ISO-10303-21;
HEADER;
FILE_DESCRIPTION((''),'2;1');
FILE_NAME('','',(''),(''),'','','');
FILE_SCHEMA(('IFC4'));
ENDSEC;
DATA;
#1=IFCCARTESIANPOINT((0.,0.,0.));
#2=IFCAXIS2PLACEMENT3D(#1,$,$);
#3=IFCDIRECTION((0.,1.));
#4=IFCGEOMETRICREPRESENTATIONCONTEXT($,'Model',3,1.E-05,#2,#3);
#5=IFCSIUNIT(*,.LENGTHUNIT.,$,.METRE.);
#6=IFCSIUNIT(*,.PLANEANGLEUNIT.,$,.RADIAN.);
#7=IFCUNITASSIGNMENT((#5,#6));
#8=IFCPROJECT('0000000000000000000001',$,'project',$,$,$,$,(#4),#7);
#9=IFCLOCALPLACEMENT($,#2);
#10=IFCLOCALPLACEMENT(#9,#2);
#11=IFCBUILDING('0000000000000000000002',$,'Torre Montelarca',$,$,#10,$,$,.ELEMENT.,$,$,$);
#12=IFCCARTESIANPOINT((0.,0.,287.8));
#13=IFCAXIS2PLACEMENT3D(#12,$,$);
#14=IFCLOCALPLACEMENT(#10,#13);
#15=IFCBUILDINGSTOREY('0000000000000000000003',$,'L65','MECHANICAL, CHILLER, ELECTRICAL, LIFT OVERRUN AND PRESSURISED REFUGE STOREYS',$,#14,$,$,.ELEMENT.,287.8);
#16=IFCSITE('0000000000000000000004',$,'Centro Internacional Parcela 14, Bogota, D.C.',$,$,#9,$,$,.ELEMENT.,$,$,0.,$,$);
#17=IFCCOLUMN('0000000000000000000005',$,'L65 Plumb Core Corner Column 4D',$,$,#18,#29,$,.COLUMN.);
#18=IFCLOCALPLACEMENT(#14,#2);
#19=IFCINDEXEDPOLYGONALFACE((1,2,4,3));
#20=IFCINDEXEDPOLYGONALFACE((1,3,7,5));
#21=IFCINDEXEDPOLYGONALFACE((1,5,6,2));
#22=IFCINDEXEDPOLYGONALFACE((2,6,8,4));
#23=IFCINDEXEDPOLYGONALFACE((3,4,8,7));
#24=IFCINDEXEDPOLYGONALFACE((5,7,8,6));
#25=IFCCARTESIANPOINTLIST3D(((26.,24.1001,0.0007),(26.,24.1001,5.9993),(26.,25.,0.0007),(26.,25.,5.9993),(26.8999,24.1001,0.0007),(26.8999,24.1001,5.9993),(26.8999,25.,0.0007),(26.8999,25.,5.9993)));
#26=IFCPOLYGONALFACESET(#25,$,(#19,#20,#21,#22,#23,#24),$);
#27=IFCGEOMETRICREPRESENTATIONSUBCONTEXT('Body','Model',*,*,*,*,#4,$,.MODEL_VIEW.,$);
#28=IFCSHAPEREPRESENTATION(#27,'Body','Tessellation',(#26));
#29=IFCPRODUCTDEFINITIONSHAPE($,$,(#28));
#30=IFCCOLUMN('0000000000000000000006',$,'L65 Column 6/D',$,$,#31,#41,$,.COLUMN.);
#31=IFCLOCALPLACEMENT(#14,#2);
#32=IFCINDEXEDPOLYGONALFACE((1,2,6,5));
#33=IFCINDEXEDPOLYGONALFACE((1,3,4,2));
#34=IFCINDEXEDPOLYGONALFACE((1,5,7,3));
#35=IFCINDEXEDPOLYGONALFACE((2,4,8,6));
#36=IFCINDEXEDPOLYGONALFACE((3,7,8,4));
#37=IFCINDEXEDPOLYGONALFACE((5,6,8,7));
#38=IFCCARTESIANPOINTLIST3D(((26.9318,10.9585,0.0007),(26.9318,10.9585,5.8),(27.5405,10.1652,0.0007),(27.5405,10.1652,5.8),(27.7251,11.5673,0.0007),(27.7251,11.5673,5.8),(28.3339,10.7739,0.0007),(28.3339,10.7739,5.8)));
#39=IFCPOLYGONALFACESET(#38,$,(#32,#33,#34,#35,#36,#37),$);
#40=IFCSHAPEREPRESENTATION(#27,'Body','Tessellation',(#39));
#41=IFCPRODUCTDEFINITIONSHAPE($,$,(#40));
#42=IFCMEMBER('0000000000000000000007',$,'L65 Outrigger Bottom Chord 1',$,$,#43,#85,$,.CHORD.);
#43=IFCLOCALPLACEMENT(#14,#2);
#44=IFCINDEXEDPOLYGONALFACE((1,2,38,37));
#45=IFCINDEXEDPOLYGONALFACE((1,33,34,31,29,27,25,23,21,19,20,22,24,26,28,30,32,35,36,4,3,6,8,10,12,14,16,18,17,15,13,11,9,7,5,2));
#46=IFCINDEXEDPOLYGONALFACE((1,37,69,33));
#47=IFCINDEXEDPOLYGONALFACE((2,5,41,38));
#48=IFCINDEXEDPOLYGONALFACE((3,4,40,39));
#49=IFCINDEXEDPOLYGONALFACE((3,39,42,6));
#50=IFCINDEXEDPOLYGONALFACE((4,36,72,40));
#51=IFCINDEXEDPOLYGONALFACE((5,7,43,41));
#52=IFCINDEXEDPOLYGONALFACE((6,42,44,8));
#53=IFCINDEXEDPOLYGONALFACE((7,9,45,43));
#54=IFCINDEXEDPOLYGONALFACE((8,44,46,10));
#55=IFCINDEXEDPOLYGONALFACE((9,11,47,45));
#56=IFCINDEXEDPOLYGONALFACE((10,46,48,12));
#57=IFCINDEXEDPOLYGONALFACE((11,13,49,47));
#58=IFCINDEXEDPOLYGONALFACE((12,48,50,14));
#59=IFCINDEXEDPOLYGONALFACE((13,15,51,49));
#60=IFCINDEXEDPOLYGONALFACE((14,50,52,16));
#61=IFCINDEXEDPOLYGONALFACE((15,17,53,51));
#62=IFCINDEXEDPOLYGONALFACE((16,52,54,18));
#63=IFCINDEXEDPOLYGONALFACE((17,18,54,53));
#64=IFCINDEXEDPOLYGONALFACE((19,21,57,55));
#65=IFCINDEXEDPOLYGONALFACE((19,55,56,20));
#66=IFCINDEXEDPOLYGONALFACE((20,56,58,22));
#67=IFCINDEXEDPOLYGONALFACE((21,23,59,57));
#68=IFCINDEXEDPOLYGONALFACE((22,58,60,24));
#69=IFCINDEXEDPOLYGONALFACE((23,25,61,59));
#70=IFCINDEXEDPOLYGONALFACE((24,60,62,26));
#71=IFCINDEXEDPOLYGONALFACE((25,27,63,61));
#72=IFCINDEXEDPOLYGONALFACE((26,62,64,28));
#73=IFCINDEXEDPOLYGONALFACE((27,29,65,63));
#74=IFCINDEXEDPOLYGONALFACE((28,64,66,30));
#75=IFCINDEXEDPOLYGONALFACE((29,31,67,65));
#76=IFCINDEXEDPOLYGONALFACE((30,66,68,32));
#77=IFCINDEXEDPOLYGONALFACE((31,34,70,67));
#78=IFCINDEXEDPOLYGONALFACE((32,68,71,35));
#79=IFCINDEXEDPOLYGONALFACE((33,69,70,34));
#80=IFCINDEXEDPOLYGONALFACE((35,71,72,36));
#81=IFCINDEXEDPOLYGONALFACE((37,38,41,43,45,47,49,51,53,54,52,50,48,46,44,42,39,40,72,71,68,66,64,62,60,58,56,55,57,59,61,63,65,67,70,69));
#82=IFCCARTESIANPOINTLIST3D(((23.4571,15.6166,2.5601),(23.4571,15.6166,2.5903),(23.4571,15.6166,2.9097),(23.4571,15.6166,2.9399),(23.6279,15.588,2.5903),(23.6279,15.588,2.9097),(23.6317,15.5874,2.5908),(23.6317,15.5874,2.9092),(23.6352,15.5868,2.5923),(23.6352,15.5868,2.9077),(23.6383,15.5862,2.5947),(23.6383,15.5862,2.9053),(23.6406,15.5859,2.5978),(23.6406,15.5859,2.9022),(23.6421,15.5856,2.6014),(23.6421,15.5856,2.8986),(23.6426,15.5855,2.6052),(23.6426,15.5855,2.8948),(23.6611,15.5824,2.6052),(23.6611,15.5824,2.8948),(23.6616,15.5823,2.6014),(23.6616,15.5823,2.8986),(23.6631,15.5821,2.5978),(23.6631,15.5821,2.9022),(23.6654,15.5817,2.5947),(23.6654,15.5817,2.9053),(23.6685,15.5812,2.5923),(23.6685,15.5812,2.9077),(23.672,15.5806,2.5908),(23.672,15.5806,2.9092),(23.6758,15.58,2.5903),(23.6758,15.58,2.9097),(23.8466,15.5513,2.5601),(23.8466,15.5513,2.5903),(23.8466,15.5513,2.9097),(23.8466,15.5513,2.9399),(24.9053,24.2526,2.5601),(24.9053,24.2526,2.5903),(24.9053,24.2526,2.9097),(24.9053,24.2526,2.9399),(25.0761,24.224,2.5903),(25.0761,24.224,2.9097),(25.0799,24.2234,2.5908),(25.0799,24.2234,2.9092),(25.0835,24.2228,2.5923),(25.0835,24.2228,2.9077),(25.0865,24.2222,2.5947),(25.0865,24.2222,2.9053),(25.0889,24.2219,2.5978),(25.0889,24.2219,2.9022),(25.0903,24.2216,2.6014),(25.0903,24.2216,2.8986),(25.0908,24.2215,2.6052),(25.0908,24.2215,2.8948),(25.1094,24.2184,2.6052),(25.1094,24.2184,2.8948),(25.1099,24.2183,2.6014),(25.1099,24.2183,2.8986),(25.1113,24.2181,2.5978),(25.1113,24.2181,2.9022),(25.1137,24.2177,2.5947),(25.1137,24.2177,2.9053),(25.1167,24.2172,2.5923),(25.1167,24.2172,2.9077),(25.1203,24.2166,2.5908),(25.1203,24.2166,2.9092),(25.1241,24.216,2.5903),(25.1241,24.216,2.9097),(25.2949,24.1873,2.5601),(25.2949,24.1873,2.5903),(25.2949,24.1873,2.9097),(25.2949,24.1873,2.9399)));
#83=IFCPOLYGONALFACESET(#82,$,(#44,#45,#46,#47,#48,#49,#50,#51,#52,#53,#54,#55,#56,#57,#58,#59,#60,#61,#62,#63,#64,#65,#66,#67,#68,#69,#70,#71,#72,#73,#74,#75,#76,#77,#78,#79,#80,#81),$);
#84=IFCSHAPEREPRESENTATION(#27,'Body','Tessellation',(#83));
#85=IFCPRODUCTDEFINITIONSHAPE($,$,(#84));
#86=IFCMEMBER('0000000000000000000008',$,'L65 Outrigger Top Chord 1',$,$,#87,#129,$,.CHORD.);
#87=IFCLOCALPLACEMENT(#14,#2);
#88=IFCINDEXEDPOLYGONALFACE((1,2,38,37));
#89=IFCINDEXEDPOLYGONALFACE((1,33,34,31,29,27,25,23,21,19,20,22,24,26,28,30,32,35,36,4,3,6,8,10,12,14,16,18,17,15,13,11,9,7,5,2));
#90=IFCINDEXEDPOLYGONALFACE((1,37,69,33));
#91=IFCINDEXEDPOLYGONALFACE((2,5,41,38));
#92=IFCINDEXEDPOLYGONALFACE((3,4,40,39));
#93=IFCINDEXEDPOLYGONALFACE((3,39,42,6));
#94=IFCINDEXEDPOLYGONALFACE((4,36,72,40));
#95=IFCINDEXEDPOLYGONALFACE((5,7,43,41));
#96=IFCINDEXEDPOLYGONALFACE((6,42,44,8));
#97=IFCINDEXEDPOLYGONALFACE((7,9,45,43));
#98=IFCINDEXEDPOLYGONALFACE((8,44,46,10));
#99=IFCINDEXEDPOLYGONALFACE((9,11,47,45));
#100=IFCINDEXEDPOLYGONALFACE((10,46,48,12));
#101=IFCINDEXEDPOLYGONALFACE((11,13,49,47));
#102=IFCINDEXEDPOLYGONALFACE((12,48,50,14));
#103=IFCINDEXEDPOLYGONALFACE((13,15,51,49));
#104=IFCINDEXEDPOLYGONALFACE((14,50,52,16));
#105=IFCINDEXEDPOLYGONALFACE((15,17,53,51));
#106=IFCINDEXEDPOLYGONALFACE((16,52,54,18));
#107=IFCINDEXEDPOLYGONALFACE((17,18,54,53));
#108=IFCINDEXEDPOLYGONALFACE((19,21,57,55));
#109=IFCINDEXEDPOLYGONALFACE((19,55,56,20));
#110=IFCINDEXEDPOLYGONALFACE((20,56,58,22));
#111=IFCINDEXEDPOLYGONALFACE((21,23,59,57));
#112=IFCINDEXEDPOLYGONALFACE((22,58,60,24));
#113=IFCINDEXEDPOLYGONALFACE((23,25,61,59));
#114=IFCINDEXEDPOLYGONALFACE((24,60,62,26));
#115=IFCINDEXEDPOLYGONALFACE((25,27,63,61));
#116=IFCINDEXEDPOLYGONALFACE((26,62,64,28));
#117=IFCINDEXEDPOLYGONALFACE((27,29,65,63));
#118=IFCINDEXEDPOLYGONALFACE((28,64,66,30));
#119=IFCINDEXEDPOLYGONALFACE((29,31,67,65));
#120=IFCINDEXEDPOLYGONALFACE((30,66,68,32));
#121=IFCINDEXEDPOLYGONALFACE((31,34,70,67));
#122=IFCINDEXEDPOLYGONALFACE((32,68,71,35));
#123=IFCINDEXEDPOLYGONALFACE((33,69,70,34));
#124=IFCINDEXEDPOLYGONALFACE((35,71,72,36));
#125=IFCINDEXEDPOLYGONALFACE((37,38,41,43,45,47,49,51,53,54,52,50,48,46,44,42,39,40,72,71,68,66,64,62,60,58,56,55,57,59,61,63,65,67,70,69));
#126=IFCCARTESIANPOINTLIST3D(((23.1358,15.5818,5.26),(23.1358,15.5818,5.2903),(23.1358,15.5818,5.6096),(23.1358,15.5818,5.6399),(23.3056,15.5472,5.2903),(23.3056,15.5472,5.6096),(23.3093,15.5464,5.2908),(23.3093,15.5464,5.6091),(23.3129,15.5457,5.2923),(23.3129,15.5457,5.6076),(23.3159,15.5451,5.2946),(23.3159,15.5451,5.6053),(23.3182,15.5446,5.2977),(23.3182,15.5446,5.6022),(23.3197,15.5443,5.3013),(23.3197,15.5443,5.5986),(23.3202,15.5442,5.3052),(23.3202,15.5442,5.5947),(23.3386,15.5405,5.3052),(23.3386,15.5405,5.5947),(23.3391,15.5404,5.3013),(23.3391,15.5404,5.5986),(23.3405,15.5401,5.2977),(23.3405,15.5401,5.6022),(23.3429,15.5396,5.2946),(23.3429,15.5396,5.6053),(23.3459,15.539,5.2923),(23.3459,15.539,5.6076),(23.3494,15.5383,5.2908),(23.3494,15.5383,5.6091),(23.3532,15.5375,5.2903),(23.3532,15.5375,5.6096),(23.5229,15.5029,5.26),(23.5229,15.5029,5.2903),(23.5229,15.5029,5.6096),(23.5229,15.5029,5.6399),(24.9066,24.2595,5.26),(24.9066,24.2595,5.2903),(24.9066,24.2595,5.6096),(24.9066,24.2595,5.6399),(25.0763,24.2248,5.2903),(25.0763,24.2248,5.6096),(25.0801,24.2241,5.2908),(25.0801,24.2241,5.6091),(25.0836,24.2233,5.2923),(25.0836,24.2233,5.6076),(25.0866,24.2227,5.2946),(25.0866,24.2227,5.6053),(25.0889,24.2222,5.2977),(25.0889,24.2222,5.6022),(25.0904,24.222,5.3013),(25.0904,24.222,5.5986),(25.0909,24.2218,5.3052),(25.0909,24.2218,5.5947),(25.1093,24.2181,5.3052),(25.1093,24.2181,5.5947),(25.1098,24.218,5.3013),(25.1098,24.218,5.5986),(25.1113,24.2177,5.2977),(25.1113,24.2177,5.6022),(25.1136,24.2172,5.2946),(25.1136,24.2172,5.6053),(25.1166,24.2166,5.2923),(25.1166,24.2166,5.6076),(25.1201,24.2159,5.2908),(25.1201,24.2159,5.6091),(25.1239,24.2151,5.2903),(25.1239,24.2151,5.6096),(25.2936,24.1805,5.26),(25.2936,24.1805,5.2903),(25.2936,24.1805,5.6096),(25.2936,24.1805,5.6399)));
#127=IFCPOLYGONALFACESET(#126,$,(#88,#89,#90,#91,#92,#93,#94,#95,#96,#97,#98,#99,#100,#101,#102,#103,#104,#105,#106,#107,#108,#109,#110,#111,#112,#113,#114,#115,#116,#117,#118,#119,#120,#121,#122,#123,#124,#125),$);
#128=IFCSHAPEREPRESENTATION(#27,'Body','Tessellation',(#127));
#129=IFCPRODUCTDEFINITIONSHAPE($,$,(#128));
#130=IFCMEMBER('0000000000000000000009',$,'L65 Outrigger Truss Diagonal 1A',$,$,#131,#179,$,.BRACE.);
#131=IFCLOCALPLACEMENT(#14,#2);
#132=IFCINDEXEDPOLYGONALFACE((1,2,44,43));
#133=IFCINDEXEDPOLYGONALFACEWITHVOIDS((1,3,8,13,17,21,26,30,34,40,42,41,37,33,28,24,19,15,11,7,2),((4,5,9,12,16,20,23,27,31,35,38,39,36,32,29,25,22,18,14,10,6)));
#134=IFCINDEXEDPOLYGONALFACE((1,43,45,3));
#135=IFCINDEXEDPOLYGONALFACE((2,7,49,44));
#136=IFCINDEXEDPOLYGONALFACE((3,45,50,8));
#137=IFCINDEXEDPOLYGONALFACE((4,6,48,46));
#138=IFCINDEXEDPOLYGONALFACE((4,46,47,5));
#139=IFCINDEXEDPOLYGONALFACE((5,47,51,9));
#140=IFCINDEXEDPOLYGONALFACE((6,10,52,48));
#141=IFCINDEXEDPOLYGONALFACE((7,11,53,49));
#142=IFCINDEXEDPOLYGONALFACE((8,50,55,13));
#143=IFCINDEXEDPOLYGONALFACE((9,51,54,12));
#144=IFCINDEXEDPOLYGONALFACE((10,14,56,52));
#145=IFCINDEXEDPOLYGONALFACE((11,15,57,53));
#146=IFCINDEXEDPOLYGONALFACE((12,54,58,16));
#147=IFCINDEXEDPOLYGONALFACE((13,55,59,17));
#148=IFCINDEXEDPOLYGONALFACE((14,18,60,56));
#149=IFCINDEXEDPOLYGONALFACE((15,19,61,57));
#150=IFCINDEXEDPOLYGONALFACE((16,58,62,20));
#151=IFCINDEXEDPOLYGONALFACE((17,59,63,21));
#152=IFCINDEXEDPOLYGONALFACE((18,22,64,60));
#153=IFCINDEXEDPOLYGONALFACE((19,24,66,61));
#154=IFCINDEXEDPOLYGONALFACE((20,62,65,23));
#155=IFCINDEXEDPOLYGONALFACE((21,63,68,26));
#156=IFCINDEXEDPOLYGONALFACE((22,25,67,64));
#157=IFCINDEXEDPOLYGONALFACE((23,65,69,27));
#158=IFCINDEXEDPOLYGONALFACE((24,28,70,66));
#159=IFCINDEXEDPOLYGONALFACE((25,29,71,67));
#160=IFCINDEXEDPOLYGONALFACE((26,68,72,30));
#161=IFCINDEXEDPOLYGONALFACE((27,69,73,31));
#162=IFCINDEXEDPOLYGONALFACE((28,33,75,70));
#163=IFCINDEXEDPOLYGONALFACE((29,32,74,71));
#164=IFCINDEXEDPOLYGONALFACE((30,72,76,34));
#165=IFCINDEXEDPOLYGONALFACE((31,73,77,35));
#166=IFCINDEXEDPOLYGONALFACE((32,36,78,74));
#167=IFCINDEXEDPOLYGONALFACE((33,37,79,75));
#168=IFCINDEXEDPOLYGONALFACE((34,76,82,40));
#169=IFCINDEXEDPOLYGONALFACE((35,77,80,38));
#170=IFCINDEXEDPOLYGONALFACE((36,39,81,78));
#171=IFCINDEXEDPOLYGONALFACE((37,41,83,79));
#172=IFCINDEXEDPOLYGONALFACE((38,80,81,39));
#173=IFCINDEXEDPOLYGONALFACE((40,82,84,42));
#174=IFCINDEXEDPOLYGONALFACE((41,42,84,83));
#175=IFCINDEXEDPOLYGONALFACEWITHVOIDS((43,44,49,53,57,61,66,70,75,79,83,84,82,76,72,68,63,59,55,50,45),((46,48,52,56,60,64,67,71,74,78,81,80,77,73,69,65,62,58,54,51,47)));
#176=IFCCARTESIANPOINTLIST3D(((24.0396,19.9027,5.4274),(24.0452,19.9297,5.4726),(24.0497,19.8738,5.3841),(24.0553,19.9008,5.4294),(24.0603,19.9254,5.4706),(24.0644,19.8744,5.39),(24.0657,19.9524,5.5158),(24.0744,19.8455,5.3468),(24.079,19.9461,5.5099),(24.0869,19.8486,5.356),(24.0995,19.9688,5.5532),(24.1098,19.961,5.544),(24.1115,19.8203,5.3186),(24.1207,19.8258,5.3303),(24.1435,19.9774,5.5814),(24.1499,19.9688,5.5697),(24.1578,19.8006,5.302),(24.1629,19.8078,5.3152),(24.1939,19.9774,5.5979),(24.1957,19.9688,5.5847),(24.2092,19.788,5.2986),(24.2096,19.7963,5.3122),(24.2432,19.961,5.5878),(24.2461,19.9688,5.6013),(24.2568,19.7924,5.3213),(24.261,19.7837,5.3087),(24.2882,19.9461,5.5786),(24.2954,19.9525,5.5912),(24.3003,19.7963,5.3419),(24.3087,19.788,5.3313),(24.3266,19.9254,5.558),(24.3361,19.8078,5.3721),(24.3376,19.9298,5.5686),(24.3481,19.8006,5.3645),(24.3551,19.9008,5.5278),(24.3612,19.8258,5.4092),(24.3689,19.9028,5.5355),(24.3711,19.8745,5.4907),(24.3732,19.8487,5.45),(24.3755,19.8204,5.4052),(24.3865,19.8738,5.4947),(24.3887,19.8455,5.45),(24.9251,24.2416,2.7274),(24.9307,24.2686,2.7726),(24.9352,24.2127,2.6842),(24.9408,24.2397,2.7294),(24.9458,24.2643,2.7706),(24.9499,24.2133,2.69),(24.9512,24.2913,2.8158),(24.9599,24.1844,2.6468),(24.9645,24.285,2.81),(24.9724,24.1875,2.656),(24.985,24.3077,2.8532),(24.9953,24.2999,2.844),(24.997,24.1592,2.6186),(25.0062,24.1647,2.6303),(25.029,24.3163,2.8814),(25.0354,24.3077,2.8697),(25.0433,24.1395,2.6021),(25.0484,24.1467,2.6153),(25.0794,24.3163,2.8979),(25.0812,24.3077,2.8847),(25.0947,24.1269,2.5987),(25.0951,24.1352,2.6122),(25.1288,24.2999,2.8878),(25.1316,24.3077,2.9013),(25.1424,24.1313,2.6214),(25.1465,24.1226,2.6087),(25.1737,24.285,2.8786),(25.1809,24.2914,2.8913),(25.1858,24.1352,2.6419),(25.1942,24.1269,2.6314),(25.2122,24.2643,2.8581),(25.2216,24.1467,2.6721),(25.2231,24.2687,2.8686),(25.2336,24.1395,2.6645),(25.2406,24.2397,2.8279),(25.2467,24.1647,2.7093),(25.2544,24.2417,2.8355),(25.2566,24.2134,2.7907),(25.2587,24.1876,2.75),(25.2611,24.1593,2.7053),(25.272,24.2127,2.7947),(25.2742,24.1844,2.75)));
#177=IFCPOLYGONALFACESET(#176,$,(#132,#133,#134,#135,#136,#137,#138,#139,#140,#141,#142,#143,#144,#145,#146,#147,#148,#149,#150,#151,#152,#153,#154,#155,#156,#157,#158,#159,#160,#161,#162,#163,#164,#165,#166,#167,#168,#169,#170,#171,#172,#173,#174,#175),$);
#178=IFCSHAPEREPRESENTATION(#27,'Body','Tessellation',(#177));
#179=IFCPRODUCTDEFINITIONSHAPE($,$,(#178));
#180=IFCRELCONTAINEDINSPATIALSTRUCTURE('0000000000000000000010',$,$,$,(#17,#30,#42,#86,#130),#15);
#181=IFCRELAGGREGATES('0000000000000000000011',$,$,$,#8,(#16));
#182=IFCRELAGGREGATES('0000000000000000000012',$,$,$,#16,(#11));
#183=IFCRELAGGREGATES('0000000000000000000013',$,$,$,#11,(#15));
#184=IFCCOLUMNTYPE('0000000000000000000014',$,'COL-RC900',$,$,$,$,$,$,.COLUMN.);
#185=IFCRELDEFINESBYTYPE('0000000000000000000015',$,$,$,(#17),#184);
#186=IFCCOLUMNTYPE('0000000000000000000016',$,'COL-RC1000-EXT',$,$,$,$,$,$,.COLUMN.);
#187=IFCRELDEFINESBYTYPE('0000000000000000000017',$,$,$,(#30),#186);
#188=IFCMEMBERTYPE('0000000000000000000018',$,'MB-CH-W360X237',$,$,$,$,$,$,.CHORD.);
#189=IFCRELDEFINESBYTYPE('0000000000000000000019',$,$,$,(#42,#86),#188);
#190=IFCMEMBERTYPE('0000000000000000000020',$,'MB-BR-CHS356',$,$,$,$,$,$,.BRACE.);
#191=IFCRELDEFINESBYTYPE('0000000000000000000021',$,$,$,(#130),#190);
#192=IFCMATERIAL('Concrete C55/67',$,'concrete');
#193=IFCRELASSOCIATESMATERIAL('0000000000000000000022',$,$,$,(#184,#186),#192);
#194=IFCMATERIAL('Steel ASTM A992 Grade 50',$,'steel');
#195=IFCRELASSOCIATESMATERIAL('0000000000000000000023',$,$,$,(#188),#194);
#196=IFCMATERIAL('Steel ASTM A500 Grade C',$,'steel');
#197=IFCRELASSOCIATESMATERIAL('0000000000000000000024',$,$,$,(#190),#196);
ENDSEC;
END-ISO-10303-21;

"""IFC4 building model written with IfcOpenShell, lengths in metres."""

from ifc_helpers import new_model, si_unit, direction, frame, origin, origin_2d, place, context, subcontext, project, spatial, rectangle, hollow_circle, i_section, extrude, source, transform, mapped, material, material_profile, profile_set, type_object, element, save


model = new_model("IFC4")

# Units and contexts
model_context = context("Model", 3, precision=1e-05, world=origin(), true_north=direction((0.0, 1.0)))
body_context = subcontext(model_context, "Body", "Model", "MODEL_VIEW")
ifc_project = project(units=[si_unit("LENGTHUNIT", "METRE"), si_unit("PLANEANGLEUNIT", "RADIAN")], contexts=[model_context])

# Site, building, storey
site_placement = place(None, origin())
site = spatial("IfcSite", under=ifc_project, at=site_placement, Name="Centro Internacional Parcela 14, Bogota, D.C.", CompositionType="ELEMENT", RefElevation=0.0)
building_placement = place(site_placement, origin())
building = spatial("IfcBuilding", under=site, at=building_placement, Name="Torre Montelarca", CompositionType="ELEMENT")
storey_placement = place(building_placement, frame((0.0, 0.0, 287.8)))
storey = spatial("IfcBuildingStorey", under=building, at=storey_placement, Name="L65", Description="MECHANICAL, CHILLER, ELECTRICAL, LIFT OVERRUN AND PRESSURISED REFUGE STOREYS", CompositionType="ELEMENT", Elevation=287.8)

# Columns
ifc_material_1 = material(Name="Concrete C55/67", Category="concrete")
ifc_material_profile_1 = material_profile(ifc_material_1, rectangle(XDim=0.8999, YDim=0.8999, at=origin_2d()), Name="RC900X900", Category="concrete")
ifc_profile_set_1 = profile_set([ifc_material_profile_1], Name="Concrete C55/67")
column_type_1 = type_object("IfcColumnType", Name="COL-RC900", PredefinedType="COLUMN", material=ifc_profile_set_1)
shared_shape_1 = source(origin(), body_context, "Body", "SweptSolid", [
    extrude(rectangle(XDim=0.8999, YDim=0.8999, at=origin_2d()), origin(), (0.0, 0.0, 1.0), 5.9985),
])
column_1_placement = place(storey_placement, frame((26.45, 24.55, 0.0007), z_axis=(0.0, 0.0, 1.0), x_axis=(1.0, 0.0, 0.0)))
element("IfcColumn", 1, at=column_1_placement, inside=storey, type_object=column_type_1, Name="L65 Plumb Core Corner Column 4D", PredefinedType="COLUMN", context=body_context, shape_type="MappedRepresentation", body=[
    mapped(shared_shape_1, transform((0.0, 0.0, 0.0), scale=1.0)),
])
ifc_material_profile_2 = material_profile(ifc_material_1, rectangle(XDim=1.0, YDim=1.0, at=origin_2d()), Name="RC1000X1000", Category="concrete")
ifc_profile_set_2 = profile_set([ifc_material_profile_2], Name="Concrete C55/67")
column_type_2 = type_object("IfcColumnType", Name="COL-RC1000-EXT", PredefinedType="COLUMN", material=ifc_profile_set_2)
shared_shape_2 = source(origin(), body_context, "Body", "SweptSolid", [
    extrude(rectangle(XDim=1.0, YDim=1.0, at=origin_2d()), origin(), (0.0, 0.0, 1.0), 5.7993),
])
column_2_placement = place(storey_placement, frame((27.6328, 10.8662, 0.0007), z_axis=(0.0, 0.0, 1.0), x_axis=(-0.608761, 0.793353, 0.0)))
element("IfcColumn", 2, at=column_2_placement, inside=storey, type_object=column_type_2, Name="L65 Column 6/D", PredefinedType="COLUMN", context=body_context, shape_type="MappedRepresentation", body=[
    mapped(shared_shape_2, transform((0.0, 0.0, 0.0), scale=1.0)),
])

# Members
ifc_material_2 = material(Name="Steel ASTM A992 Grade 50", Category="steel")
ifc_material_profile_3 = material_profile(ifc_material_2, i_section(OverallWidth=0.395, OverallDepth=0.3799, WebThickness=0.0188, FlangeThickness=0.0303, FilletRadius=0.0149, at=origin_2d()), Name="W360X237", Category="steel")
ifc_profile_set_3 = profile_set([ifc_material_profile_3], Name="Steel ASTM A992 Grade 50")
member_type_1 = type_object("IfcMemberType", Name="MB-CH-W360X237", PredefinedType="CHORD", material=ifc_profile_set_3)
shared_shape_3 = source(origin(), body_context, "Body", "SweptSolid", [
    extrude(i_section(OverallWidth=0.395, OverallDepth=0.3799, WebThickness=0.0188, FlangeThickness=0.0303, FilletRadius=0.0149, at=origin_2d()), origin(), (0.0, 0.0, 1.0), 8.7566),
])
member_1_placement = place(storey_placement, frame((25.1001, 24.22, 2.75), z_axis=(-0.165389, -0.986228, 0.0), x_axis=(0.986228, -0.165389, 0.0)))
element("IfcMember", 3, at=member_1_placement, inside=storey, type_object=member_type_1, Name="L65 Outrigger Bottom Chord 1", PredefinedType="CHORD", context=body_context, shape_type="MappedRepresentation", body=[
    mapped(shared_shape_3, transform((0.0, 0.0, 0.0), scale=1.0)),
])
shared_shape_4 = source(origin(), body_context, "Body", "SweptSolid", [
    extrude(i_section(OverallWidth=0.395, OverallDepth=0.3799, WebThickness=0.0188, FlangeThickness=0.0303, FilletRadius=0.0149, at=origin_2d()), origin(), (0.0, 0.0, 1.0), 8.8564),
])
member_2_placement = place(storey_placement, frame((25.1001, 24.22, 5.45), z_axis=(-0.199937, -0.979809, 0.0), x_axis=(0.979809, -0.199937, 0.0)))
element("IfcMember", 4, at=member_2_placement, inside=storey, type_object=member_type_1, Name="L65 Outrigger Top Chord 1", PredefinedType="CHORD", context=body_context, shape_type="MappedRepresentation", body=[
    mapped(shared_shape_4, transform((0.0, 0.0, 0.0), scale=1.0)),
])
ifc_material_3 = material(Name="Steel ASTM A500 Grade C", Category="steel")
ifc_material_profile_4 = material_profile(ifc_material_3, hollow_circle(Radius=0.1777, WallThickness=0.0159, at=origin_2d()), Name="HSS355.6X15.9", Category="steel")
ifc_profile_set_4 = profile_set([ifc_material_profile_4], Name="Steel ASTM A500 Grade C")
member_type_2 = type_object("IfcMemberType", Name="MB-BR-CHS356", PredefinedType="BRACE", material=ifc_profile_set_4)
shared_shape_5 = source(origin(), body_context, "Body", "SweptSolid", [
    extrude(hollow_circle(Radius=0.1777, WallThickness=0.0159, at=origin_2d()), origin(), (0.0, 0.0, 1.0), 5.1865),
])
member_3_placement = place(storey_placement, frame((25.1001, 24.22, 2.75), z_axis=(-0.170732, -0.836572, 0.520575), x_axis=(0.979803, -0.199963, 0.0)))
element("IfcMember", 5, at=member_3_placement, inside=storey, type_object=member_type_2, Name="L65 Outrigger Truss Diagonal 1A", PredefinedType="BRACE", context=body_context, shape_type="MappedRepresentation", body=[
    mapped(shared_shape_5, transform((0.0, 0.0, 0.0), scale=1.0)),
])

save(model, "model.ifc")
